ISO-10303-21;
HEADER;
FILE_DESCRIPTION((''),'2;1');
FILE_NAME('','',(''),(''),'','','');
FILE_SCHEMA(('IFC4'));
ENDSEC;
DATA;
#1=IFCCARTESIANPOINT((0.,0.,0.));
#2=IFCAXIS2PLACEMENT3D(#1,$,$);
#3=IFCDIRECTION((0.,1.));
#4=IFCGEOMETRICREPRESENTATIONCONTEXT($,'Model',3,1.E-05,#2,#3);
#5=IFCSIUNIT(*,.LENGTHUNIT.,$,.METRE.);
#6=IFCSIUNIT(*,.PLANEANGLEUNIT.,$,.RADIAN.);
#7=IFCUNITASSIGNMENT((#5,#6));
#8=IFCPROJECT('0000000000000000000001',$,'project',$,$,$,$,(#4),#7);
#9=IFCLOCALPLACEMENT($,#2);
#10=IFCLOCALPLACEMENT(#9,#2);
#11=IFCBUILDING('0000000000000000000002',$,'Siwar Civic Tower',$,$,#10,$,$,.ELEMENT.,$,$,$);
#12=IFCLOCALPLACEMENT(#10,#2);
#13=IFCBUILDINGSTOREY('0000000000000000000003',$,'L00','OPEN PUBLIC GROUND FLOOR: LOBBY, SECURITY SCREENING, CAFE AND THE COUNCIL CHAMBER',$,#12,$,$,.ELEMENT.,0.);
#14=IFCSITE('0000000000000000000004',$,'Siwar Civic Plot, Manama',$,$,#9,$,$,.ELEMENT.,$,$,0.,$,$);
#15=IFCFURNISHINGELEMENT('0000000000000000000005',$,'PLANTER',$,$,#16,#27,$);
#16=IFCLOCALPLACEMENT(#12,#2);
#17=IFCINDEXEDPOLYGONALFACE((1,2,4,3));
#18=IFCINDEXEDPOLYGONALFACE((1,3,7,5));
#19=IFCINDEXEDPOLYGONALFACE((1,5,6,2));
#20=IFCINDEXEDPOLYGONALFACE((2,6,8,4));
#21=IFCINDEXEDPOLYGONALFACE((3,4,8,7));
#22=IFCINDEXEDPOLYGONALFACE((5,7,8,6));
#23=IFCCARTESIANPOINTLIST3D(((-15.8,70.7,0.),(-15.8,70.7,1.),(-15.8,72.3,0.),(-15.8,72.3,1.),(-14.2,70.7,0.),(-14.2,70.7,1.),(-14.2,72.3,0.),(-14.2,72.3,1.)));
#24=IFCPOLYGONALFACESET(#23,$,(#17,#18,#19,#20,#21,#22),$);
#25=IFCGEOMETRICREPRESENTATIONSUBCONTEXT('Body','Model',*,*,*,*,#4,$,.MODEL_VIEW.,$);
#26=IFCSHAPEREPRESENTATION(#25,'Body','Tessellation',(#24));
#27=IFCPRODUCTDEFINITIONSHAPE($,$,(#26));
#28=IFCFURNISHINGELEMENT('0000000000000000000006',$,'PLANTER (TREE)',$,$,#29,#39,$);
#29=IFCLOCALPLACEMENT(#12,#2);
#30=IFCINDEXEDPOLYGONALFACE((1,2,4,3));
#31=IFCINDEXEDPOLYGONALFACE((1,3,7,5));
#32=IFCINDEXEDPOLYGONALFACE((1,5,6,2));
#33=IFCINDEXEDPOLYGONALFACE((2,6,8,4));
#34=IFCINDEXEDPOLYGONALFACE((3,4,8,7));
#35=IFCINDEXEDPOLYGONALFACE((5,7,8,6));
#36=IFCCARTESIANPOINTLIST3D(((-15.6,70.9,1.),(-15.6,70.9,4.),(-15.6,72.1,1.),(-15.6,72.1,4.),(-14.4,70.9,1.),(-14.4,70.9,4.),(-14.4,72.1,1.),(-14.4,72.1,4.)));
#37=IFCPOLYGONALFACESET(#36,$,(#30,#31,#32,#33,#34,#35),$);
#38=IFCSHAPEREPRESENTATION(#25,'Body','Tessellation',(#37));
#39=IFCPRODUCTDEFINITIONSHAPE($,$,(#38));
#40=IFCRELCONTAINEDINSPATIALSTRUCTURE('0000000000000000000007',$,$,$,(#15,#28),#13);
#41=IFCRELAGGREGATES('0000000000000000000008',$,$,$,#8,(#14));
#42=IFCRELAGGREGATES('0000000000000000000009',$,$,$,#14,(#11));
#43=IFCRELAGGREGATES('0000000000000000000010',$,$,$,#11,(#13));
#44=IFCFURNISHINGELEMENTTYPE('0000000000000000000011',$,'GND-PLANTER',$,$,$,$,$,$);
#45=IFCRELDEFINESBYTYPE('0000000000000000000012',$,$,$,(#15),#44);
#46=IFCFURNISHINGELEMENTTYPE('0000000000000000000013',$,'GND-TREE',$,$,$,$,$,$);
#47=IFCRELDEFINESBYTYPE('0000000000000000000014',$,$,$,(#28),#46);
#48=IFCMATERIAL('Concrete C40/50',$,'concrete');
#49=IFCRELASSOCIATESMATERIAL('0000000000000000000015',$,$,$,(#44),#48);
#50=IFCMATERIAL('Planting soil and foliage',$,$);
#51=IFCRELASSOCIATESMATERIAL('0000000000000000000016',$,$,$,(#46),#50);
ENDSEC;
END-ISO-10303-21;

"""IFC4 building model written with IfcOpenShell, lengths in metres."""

from ifc_helpers import new_model, si_unit, direction, frame, origin, origin_2d, place, context, subcontext, project, spatial, rectangle, extrude, material, type_object, element, save


model = new_model("IFC4")

# Units and contexts
model_context = context("Model", 3, precision=1e-05, world=origin(), true_north=direction((0.0, 1.0)))
body_context = subcontext(model_context, "Body", "Model", "MODEL_VIEW")
ifc_project = project(units=[si_unit("LENGTHUNIT", "METRE"), si_unit("PLANEANGLEUNIT", "RADIAN")], contexts=[model_context])

# Site, building, storey
site_placement = place(None, origin())
site = spatial("IfcSite", under=ifc_project, at=site_placement, Name="Siwar Civic Plot, Manama", CompositionType="ELEMENT", RefElevation=0.0)
building_placement = place(site_placement, origin())
building = spatial("IfcBuilding", under=site, at=building_placement, Name="Siwar Civic Tower", CompositionType="ELEMENT")
storey_placement = place(building_placement, origin())
storey = spatial("IfcBuildingStorey", under=building, at=storey_placement, Name="L00", Description="OPEN PUBLIC GROUND FLOOR: LOBBY, SECURITY SCREENING, CAFE AND THE COUNCIL CHAMBER", CompositionType="ELEMENT", Elevation=0.0)

# Furnishing elements
ifc_material_1 = material(Name="Concrete C40/50", Category="concrete")
furnishing_element_type_1 = type_object("IfcFurnishingElementType", Name="GND-PLANTER", material=ifc_material_1)
furnishing_1_placement = place(storey_placement, frame((-15.0, 71.5, 0.0), z_axis=(0.0, 0.0, 1.0), x_axis=(1.0, 0.0, 0.0)))
element("IfcFurnishingElement", 1, at=furnishing_1_placement, inside=storey, type_object=furnishing_element_type_1, Name="PLANTER", context=body_context, shape_type="SweptSolid", body=[
    extrude(rectangle(XDim=1.6001, YDim=1.6001, at=origin_2d()), origin(), (0.0, 0.0, 1.0), 1.0),
])
ifc_material_2 = material(Name="Planting soil and foliage")
furnishing_element_type_2 = type_object("IfcFurnishingElementType", Name="GND-TREE", material=ifc_material_2)
furnishing_2_placement = place(storey_placement, frame((-15.0, 71.5, 1.0), z_axis=(0.0, 0.0, 1.0), x_axis=(1.0, 0.0, 0.0)))
element("IfcFurnishingElement", 2, at=furnishing_2_placement, inside=storey, type_object=furnishing_element_type_2, Name="PLANTER (TREE)", context=body_context, shape_type="SweptSolid", body=[
    extrude(rectangle(XDim=1.2, YDim=1.2, at=origin_2d()), origin(), (0.0, 0.0, 1.0), 3.0),
])

save(model, "model.ifc")
